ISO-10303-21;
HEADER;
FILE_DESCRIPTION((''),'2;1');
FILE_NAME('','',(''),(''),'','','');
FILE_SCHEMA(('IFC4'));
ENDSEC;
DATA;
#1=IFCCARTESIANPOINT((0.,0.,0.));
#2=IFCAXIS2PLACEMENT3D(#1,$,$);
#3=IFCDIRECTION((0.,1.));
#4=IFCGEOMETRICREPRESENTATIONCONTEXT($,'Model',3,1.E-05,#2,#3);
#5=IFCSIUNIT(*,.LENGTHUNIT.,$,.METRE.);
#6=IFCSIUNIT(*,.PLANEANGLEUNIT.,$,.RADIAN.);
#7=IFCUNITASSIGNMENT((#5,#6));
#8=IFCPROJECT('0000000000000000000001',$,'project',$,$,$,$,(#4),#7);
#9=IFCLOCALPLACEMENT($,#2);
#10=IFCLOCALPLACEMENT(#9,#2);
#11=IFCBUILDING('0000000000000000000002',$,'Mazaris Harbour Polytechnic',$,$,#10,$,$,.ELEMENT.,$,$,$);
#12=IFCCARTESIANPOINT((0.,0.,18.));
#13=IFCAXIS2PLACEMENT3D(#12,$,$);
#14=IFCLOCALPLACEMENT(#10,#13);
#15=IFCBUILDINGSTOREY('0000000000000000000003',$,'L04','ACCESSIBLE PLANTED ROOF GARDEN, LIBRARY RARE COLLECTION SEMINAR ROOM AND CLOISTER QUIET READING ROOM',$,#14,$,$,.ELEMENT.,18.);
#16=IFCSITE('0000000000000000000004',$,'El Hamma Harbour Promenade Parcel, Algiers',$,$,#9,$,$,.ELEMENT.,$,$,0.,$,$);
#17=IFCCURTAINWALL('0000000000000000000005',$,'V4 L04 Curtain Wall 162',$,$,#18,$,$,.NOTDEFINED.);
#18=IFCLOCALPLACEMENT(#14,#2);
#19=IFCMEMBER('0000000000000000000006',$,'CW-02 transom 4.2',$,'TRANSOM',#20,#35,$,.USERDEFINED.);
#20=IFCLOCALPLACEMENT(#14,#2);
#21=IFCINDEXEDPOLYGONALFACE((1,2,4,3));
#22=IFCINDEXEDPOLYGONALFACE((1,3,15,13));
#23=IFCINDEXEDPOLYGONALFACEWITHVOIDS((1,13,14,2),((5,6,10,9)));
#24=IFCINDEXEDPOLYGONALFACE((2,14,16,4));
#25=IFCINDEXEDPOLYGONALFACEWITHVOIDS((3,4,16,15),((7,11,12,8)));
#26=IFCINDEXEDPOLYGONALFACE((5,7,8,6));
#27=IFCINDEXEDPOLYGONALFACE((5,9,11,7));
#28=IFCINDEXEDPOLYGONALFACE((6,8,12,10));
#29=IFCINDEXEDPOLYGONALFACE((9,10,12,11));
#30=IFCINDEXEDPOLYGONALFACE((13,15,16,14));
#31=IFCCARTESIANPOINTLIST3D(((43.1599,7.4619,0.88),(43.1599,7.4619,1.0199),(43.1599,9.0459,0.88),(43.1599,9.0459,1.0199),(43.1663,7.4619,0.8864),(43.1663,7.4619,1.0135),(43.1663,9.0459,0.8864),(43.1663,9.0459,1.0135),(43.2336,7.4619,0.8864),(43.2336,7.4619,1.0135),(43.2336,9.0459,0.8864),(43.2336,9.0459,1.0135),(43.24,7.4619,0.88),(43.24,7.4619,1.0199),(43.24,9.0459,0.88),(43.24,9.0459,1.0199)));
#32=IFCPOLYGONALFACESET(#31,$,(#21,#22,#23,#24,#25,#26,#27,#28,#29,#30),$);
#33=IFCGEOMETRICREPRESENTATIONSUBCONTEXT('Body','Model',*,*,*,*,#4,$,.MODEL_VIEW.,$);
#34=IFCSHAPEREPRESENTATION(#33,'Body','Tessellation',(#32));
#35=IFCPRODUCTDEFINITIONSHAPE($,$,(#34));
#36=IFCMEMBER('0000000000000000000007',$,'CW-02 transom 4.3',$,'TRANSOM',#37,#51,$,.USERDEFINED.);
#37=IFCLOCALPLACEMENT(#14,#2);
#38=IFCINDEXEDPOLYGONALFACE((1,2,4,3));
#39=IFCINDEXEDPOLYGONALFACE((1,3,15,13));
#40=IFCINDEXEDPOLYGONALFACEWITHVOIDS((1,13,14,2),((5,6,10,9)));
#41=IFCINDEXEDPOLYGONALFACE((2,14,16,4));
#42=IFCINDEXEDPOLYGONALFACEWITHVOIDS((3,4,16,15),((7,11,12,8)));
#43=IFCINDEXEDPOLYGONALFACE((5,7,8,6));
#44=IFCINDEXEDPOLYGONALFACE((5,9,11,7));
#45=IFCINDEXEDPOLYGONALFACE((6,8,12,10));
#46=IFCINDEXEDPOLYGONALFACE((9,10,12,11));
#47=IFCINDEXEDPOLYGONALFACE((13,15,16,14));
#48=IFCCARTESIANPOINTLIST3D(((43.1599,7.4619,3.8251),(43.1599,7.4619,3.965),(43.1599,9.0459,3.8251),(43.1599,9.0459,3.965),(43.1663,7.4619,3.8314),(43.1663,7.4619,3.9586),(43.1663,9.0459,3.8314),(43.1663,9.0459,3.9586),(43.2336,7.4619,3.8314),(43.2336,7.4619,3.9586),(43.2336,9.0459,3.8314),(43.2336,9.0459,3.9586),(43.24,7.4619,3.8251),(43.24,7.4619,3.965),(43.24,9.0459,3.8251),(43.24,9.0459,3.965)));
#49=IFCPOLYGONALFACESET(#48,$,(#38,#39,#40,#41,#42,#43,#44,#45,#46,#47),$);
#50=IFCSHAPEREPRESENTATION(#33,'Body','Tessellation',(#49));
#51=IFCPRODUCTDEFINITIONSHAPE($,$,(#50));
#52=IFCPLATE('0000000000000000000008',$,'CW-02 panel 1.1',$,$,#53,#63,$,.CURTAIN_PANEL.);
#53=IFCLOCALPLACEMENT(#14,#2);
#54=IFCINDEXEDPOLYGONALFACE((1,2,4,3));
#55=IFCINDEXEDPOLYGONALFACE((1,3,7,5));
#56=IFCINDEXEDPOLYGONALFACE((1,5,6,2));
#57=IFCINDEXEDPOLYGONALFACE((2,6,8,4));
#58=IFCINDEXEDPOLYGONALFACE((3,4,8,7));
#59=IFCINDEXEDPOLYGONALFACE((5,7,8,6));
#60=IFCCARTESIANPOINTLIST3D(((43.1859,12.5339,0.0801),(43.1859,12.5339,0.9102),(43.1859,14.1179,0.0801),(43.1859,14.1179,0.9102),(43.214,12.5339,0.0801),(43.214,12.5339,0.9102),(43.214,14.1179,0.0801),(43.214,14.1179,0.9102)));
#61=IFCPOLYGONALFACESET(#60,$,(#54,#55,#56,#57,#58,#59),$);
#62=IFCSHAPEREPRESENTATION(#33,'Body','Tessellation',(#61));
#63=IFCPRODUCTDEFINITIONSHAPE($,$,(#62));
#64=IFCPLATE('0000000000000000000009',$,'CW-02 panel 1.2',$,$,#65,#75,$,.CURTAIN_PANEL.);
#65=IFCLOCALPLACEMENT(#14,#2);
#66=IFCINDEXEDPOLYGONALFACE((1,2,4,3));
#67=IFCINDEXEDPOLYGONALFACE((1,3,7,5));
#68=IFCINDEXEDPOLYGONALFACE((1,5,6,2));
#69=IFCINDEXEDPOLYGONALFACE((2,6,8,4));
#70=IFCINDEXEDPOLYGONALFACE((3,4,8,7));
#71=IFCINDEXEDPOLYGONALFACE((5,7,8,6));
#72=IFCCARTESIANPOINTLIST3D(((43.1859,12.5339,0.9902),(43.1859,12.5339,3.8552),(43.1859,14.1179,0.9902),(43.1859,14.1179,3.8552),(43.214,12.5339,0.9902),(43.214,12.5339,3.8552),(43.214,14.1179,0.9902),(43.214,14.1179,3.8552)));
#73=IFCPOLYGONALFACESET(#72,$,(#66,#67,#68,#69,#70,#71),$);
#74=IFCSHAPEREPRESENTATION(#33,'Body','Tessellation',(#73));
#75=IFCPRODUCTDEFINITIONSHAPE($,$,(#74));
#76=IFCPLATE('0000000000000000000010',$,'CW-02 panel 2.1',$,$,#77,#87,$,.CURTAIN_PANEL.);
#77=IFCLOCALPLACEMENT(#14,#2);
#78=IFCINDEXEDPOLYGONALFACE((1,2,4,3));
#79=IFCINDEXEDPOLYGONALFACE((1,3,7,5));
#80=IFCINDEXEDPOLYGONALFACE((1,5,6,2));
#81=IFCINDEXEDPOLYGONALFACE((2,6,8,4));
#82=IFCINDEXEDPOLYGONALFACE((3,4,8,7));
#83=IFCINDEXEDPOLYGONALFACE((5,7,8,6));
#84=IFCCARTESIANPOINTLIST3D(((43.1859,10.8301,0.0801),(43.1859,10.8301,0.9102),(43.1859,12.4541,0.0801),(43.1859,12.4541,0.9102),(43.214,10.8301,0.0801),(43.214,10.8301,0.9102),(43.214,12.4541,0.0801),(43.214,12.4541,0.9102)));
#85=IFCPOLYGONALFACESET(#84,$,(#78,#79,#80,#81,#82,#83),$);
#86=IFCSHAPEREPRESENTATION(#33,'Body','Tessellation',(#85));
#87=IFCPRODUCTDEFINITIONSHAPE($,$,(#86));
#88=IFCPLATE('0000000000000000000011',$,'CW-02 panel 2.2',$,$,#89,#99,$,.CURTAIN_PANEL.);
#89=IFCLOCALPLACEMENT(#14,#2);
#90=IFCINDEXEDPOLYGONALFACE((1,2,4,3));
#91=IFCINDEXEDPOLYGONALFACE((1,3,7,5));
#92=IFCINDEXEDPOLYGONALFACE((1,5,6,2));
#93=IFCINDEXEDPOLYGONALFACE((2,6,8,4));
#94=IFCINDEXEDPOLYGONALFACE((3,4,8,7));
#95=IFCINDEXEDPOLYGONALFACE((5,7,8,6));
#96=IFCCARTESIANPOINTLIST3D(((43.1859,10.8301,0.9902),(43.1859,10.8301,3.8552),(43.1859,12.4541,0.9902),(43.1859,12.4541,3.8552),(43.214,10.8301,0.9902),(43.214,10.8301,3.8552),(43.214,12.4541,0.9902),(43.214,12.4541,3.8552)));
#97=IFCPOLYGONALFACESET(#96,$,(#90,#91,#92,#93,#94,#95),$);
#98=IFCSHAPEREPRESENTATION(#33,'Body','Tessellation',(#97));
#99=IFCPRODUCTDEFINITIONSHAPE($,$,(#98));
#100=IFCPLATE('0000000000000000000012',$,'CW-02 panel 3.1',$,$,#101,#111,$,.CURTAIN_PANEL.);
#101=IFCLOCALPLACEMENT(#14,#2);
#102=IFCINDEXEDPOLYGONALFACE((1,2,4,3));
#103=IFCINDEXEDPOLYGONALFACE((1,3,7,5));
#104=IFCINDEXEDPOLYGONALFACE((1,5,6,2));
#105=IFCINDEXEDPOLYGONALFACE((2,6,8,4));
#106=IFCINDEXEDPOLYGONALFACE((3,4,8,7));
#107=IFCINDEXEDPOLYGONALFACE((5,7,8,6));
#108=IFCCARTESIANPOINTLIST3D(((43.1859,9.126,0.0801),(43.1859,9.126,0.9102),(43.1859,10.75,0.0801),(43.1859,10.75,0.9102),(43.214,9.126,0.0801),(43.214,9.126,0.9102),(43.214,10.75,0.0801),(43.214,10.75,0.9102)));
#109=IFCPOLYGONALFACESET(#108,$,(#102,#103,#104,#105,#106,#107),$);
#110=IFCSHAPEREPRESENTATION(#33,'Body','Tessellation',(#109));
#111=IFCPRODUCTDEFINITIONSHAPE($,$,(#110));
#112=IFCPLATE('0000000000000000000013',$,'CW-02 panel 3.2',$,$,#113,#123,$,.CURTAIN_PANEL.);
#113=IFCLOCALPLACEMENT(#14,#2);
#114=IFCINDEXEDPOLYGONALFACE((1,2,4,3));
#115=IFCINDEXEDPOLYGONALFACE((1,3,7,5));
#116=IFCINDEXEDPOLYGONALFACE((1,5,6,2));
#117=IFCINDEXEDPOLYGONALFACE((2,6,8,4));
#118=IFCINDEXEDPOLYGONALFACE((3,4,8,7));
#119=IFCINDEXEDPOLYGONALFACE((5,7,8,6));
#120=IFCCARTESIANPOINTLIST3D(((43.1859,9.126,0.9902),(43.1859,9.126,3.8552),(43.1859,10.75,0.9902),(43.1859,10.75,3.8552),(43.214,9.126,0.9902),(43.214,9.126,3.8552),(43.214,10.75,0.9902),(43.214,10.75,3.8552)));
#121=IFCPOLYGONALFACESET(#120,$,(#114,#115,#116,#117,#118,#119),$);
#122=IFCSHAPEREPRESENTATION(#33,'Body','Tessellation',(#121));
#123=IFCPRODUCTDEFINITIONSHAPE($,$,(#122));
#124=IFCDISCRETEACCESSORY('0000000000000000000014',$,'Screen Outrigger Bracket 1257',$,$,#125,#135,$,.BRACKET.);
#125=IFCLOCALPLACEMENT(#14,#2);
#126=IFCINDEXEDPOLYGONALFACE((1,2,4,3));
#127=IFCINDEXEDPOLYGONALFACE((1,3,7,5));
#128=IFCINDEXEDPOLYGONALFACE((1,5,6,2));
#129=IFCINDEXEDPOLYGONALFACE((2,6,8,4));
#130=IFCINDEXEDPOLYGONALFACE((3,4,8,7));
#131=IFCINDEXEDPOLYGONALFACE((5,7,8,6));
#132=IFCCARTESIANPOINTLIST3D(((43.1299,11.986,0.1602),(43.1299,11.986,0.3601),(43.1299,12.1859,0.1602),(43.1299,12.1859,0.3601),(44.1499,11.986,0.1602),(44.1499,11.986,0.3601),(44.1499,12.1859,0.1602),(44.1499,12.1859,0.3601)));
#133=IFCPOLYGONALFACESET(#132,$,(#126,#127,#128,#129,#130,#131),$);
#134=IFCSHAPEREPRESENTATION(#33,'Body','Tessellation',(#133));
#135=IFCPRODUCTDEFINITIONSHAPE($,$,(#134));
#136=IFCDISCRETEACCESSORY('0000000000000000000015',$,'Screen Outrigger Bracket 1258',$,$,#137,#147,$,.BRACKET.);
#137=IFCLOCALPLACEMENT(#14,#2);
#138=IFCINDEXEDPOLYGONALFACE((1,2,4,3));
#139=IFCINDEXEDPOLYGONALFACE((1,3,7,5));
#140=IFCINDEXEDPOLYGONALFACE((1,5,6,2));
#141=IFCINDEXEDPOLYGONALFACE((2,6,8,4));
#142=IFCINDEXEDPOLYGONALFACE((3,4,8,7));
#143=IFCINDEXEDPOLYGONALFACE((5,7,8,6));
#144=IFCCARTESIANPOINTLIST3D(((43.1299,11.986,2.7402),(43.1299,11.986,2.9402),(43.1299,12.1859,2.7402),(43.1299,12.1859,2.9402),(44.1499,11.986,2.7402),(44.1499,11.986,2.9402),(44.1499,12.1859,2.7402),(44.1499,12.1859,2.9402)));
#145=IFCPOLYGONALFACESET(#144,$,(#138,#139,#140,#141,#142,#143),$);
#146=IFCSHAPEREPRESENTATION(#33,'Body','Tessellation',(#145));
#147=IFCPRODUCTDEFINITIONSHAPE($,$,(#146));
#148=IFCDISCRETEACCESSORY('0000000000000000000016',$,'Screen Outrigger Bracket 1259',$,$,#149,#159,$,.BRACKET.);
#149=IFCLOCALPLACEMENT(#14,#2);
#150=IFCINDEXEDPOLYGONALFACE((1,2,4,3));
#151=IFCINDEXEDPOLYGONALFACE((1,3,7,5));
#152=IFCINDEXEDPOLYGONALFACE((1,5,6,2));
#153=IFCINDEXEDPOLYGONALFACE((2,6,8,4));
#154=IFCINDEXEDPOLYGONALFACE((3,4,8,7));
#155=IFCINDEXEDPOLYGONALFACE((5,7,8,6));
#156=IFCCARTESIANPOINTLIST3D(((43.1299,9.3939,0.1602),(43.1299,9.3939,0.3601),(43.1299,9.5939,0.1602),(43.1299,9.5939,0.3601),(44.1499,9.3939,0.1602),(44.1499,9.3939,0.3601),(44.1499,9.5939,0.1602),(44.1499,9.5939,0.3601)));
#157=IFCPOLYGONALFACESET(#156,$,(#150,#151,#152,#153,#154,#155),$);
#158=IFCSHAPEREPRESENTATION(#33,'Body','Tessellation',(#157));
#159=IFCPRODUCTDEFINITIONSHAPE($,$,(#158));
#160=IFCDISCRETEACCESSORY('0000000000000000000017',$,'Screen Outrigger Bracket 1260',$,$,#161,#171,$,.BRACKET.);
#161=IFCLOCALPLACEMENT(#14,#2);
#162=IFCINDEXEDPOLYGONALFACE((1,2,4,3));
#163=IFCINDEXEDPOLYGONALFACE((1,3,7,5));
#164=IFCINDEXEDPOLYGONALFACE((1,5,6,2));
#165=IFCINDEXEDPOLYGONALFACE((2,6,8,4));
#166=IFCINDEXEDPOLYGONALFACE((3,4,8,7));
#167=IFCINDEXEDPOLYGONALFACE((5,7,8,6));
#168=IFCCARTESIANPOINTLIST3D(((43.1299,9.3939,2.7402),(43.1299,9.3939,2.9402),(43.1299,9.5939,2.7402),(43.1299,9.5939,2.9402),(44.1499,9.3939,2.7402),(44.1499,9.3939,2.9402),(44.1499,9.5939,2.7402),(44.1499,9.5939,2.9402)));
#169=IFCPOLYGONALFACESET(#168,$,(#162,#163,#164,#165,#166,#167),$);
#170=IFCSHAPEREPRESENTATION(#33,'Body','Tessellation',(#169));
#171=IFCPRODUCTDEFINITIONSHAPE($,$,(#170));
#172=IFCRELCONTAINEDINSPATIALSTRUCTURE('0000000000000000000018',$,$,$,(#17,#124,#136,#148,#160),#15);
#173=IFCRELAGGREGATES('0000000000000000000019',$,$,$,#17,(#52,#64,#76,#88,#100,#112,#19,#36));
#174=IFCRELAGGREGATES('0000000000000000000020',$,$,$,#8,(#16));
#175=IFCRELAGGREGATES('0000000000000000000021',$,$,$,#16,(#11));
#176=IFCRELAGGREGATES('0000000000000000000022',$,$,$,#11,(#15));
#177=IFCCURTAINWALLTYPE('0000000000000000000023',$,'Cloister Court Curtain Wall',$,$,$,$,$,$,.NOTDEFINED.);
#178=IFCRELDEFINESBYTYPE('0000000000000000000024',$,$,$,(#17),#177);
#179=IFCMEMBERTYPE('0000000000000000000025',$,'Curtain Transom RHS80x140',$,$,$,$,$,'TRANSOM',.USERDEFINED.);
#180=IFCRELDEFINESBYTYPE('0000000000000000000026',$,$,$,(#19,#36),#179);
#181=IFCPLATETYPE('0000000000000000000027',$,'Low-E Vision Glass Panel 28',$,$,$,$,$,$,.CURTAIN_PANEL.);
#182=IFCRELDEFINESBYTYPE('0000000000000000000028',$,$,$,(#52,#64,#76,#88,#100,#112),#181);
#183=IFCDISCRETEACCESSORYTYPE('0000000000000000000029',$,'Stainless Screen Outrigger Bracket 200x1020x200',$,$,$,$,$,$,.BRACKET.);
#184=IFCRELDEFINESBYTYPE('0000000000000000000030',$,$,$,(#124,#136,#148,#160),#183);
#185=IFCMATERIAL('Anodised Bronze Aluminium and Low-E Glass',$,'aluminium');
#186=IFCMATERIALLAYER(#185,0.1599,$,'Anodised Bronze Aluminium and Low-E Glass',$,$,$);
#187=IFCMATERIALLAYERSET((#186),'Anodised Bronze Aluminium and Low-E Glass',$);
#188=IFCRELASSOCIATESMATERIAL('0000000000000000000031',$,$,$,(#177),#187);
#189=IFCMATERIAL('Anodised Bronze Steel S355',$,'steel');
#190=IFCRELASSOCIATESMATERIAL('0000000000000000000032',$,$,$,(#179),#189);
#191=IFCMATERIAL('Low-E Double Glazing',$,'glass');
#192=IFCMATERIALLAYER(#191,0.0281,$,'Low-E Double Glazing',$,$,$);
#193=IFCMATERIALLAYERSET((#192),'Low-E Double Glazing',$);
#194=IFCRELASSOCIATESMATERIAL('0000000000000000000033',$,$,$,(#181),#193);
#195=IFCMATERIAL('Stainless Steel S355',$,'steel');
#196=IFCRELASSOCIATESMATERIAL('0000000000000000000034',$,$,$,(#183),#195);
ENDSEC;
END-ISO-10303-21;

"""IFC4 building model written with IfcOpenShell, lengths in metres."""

from ifc_helpers import new_model, si_unit, direction, frame, origin, origin_2d, place, context, subcontext, project, spatial, rectangle, hollow_rectangle, extrude, material, layer, layer_set, material_profile, profile_set, type_object, element, aggregate, save


model = new_model("IFC4")

# Units and contexts
model_context = context("Model", 3, precision=1e-05, world=origin(), true_north=direction((0.0, 1.0)))
body_context = subcontext(model_context, "Body", "Model", "MODEL_VIEW")
ifc_project = project(units=[si_unit("LENGTHUNIT", "METRE"), si_unit("PLANEANGLEUNIT", "RADIAN")], contexts=[model_context])

# Site, building, storey
site_placement = place(None, origin())
site = spatial("IfcSite", under=ifc_project, at=site_placement, Name="El Hamma Harbour Promenade Parcel, Algiers", CompositionType="ELEMENT", RefElevation=0.0)
building_placement = place(site_placement, origin())
building = spatial("IfcBuilding", under=site, at=building_placement, Name="Mazaris Harbour Polytechnic", CompositionType="ELEMENT")
storey_placement = place(building_placement, frame((0.0, 0.0, 18.0)))
storey = spatial("IfcBuildingStorey", under=building, at=storey_placement, Name="L04", Description="ACCESSIBLE PLANTED ROOF GARDEN, LIBRARY RARE COLLECTION SEMINAR ROOM AND CLOISTER QUIET READING ROOM", CompositionType="ELEMENT", Elevation=18.0)

# Curtain wall, members, plates
ifc_material_1 = material(Name="Anodised Bronze Aluminium and Low-E Glass", Category="aluminium")
ifc_layer_1 = layer(ifc_material_1, 0.1599, Name="Anodised Bronze Aluminium and Low-E Glass")
ifc_layer_set_1 = layer_set([ifc_layer_1], Name="Anodised Bronze Aluminium and Low-E Glass")
curtain_wall_type = type_object("IfcCurtainWallType", Name="Cloister Court Curtain Wall", PredefinedType="NOTDEFINED", material=ifc_layer_set_1)
curtain_wall_placement = place(storey_placement, origin())
curtain_wall = element("IfcCurtainWall", 1, at=curtain_wall_placement, inside=storey, type_object=curtain_wall_type, Name="V4 L04 Curtain Wall 162", PredefinedType="NOTDEFINED")
ifc_material_2 = material(Name="Anodised Bronze Steel S355", Category="steel")
ifc_material_profile_1 = material_profile(ifc_material_2, hollow_rectangle(XDim=0.0801, YDim=0.1399, WallThickness=0.0063, at=origin_2d()), Name="RHS 80x140x6.3")
ifc_profile_set_1 = profile_set([ifc_material_profile_1], Name="Anodised Bronze Steel S355")
member_type_1 = type_object("IfcMemberType", Name="Curtain Transom RHS80x140", ElementType="TRANSOM", PredefinedType="USERDEFINED", material=ifc_profile_set_1)
member_1_placement = place(storey_placement, frame((43.2, 9.0459, 0.95), z_axis=(0.0, -1.0, 0.0), x_axis=(1.0, 0.0, 0.0)))
member_1 = element("IfcMember", 2, at=member_1_placement, type_object=member_type_1, Name="CW-02 transom 4.2", ObjectType="TRANSOM", PredefinedType="USERDEFINED", context=body_context, shape_type="SweptSolid", body=[
    extrude(hollow_rectangle(XDim=0.0801, YDim=0.1399, WallThickness=0.0063, at=origin_2d()), origin(), (0.0, 0.0, 1.0), 1.584),
])
member_2_placement = place(storey_placement, frame((43.2, 9.0459, 3.895), z_axis=(0.0, -1.0, 0.0), x_axis=(1.0, 0.0, 0.0)))
member_2 = element("IfcMember", 3, at=member_2_placement, type_object=member_type_1, Name="CW-02 transom 4.3", ObjectType="TRANSOM", PredefinedType="USERDEFINED", context=body_context, shape_type="SweptSolid", body=[
    extrude(hollow_rectangle(XDim=0.0801, YDim=0.1399, WallThickness=0.0063, at=origin_2d()), origin(), (0.0, 0.0, 1.0), 1.584),
])
ifc_material_3 = material(Name="Low-E Double Glazing", Category="glass")
ifc_layer_2 = layer(ifc_material_3, 0.0281, Name="Low-E Double Glazing")
ifc_layer_set_2 = layer_set([ifc_layer_2], Name="Low-E Double Glazing")
plate_type = type_object("IfcPlateType", Name="Low-E Vision Glass Panel 28", PredefinedType="CURTAIN_PANEL", material=ifc_layer_set_2)
plate_1_placement = place(storey_placement, frame((43.2, 13.3259, 0.0801), z_axis=(0.0, 0.0, 1.0), x_axis=(0.0, -1.0, 0.0)))
plate_1 = element("IfcPlate", 4, at=plate_1_placement, type_object=plate_type, Name="CW-02 panel 1.1", PredefinedType="CURTAIN_PANEL", context=body_context, shape_type="SweptSolid", body=[
    extrude(rectangle(XDim=1.584, YDim=0.0281, at=origin_2d()), origin(), (0.0, 0.0, 1.0), 0.8301),
])
plate_2_placement = place(storey_placement, frame((43.2, 13.3259, 0.9902), z_axis=(0.0, 0.0, 1.0), x_axis=(0.0, -1.0, 0.0)))
plate_2 = element("IfcPlate", 5, at=plate_2_placement, type_object=plate_type, Name="CW-02 panel 1.2", PredefinedType="CURTAIN_PANEL", context=body_context, shape_type="SweptSolid", body=[
    extrude(rectangle(XDim=1.584, YDim=0.0281, at=origin_2d()), origin(), (0.0, 0.0, 1.0), 2.865),
])
plate_3_placement = place(storey_placement, frame((43.2, 11.6421, 0.0801), z_axis=(0.0, 0.0, 1.0), x_axis=(0.0, -1.0, 0.0)))
plate_3 = element("IfcPlate", 6, at=plate_3_placement, type_object=plate_type, Name="CW-02 panel 2.1", PredefinedType="CURTAIN_PANEL", context=body_context, shape_type="SweptSolid", body=[
    extrude(rectangle(XDim=1.624, YDim=0.0281, at=origin_2d()), origin(), (0.0, 0.0, 1.0), 0.8301),
])
plate_4_placement = place(storey_placement, frame((43.2, 11.6421, 0.9902), z_axis=(0.0, 0.0, 1.0), x_axis=(0.0, -1.0, 0.0)))
plate_4 = element("IfcPlate", 7, at=plate_4_placement, type_object=plate_type, Name="CW-02 panel 2.2", PredefinedType="CURTAIN_PANEL", context=body_context, shape_type="SweptSolid", body=[
    extrude(rectangle(XDim=1.624, YDim=0.0281, at=origin_2d()), origin(), (0.0, 0.0, 1.0), 2.865),
])
plate_5_placement = place(storey_placement, frame((43.2, 9.938, 0.0801), z_axis=(0.0, 0.0, 1.0), x_axis=(0.0, -1.0, 0.0)))
plate_5 = element("IfcPlate", 8, at=plate_5_placement, type_object=plate_type, Name="CW-02 panel 3.1", PredefinedType="CURTAIN_PANEL", context=body_context, shape_type="SweptSolid", body=[
    extrude(rectangle(XDim=1.624, YDim=0.0281, at=origin_2d()), origin(), (0.0, 0.0, 1.0), 0.8301),
])
plate_6_placement = place(storey_placement, frame((43.2, 9.938, 0.9902), z_axis=(0.0, 0.0, 1.0), x_axis=(0.0, -1.0, 0.0)))
plate_6 = element("IfcPlate", 9, at=plate_6_placement, type_object=plate_type, Name="CW-02 panel 3.2", PredefinedType="CURTAIN_PANEL", context=body_context, shape_type="SweptSolid", body=[
    extrude(rectangle(XDim=1.624, YDim=0.0281, at=origin_2d()), origin(), (0.0, 0.0, 1.0), 2.865),
])
aggregate(curtain_wall, [plate_1, plate_2, plate_3, plate_4, plate_5, plate_6, member_1, member_2])

# Discrete accessories
ifc_material_4 = material(Name="Stainless Steel S355", Category="steel")
discrete_accessory_type = type_object("IfcDiscreteAccessoryType", Name="Stainless Screen Outrigger Bracket 200x1020x200", PredefinedType="BRACKET", material=ifc_material_4)
for number, where, z_axis, x_axis, name in (
    (10, (43.6399, 12.0859, 0.1602), (0.0, 0.0, 1.0), (0.0, -1.0, 0.0), "Screen Outrigger Bracket 1257"),
    (11, (43.6399, 12.0859, 2.7402), (0.0, 0.0, 1.0), (0.0, -1.0, 0.0), "Screen Outrigger Bracket 1258"),
    (12, (43.6399, 9.4939, 0.1602), (0.0, 0.0, 1.0), (0.0, -1.0, 0.0), "Screen Outrigger Bracket 1259"),
    (13, (43.6399, 9.4939, 2.7402), (0.0, 0.0, 1.0), (0.0, -1.0, 0.0), "Screen Outrigger Bracket 1260"),
):
    element("IfcDiscreteAccessory", number, at=place(storey_placement, frame(where, z_axis=z_axis, x_axis=x_axis)), inside=storey, type_object=discrete_accessory_type, Name=name, PredefinedType="BRACKET", context=body_context, shape_type="SweptSolid", body=[
        extrude(rectangle(XDim=0.2, YDim=1.02, at=origin_2d()), origin(), (0.0, 0.0, 1.0), 0.2),
    ])

save(model, "model.ifc")
